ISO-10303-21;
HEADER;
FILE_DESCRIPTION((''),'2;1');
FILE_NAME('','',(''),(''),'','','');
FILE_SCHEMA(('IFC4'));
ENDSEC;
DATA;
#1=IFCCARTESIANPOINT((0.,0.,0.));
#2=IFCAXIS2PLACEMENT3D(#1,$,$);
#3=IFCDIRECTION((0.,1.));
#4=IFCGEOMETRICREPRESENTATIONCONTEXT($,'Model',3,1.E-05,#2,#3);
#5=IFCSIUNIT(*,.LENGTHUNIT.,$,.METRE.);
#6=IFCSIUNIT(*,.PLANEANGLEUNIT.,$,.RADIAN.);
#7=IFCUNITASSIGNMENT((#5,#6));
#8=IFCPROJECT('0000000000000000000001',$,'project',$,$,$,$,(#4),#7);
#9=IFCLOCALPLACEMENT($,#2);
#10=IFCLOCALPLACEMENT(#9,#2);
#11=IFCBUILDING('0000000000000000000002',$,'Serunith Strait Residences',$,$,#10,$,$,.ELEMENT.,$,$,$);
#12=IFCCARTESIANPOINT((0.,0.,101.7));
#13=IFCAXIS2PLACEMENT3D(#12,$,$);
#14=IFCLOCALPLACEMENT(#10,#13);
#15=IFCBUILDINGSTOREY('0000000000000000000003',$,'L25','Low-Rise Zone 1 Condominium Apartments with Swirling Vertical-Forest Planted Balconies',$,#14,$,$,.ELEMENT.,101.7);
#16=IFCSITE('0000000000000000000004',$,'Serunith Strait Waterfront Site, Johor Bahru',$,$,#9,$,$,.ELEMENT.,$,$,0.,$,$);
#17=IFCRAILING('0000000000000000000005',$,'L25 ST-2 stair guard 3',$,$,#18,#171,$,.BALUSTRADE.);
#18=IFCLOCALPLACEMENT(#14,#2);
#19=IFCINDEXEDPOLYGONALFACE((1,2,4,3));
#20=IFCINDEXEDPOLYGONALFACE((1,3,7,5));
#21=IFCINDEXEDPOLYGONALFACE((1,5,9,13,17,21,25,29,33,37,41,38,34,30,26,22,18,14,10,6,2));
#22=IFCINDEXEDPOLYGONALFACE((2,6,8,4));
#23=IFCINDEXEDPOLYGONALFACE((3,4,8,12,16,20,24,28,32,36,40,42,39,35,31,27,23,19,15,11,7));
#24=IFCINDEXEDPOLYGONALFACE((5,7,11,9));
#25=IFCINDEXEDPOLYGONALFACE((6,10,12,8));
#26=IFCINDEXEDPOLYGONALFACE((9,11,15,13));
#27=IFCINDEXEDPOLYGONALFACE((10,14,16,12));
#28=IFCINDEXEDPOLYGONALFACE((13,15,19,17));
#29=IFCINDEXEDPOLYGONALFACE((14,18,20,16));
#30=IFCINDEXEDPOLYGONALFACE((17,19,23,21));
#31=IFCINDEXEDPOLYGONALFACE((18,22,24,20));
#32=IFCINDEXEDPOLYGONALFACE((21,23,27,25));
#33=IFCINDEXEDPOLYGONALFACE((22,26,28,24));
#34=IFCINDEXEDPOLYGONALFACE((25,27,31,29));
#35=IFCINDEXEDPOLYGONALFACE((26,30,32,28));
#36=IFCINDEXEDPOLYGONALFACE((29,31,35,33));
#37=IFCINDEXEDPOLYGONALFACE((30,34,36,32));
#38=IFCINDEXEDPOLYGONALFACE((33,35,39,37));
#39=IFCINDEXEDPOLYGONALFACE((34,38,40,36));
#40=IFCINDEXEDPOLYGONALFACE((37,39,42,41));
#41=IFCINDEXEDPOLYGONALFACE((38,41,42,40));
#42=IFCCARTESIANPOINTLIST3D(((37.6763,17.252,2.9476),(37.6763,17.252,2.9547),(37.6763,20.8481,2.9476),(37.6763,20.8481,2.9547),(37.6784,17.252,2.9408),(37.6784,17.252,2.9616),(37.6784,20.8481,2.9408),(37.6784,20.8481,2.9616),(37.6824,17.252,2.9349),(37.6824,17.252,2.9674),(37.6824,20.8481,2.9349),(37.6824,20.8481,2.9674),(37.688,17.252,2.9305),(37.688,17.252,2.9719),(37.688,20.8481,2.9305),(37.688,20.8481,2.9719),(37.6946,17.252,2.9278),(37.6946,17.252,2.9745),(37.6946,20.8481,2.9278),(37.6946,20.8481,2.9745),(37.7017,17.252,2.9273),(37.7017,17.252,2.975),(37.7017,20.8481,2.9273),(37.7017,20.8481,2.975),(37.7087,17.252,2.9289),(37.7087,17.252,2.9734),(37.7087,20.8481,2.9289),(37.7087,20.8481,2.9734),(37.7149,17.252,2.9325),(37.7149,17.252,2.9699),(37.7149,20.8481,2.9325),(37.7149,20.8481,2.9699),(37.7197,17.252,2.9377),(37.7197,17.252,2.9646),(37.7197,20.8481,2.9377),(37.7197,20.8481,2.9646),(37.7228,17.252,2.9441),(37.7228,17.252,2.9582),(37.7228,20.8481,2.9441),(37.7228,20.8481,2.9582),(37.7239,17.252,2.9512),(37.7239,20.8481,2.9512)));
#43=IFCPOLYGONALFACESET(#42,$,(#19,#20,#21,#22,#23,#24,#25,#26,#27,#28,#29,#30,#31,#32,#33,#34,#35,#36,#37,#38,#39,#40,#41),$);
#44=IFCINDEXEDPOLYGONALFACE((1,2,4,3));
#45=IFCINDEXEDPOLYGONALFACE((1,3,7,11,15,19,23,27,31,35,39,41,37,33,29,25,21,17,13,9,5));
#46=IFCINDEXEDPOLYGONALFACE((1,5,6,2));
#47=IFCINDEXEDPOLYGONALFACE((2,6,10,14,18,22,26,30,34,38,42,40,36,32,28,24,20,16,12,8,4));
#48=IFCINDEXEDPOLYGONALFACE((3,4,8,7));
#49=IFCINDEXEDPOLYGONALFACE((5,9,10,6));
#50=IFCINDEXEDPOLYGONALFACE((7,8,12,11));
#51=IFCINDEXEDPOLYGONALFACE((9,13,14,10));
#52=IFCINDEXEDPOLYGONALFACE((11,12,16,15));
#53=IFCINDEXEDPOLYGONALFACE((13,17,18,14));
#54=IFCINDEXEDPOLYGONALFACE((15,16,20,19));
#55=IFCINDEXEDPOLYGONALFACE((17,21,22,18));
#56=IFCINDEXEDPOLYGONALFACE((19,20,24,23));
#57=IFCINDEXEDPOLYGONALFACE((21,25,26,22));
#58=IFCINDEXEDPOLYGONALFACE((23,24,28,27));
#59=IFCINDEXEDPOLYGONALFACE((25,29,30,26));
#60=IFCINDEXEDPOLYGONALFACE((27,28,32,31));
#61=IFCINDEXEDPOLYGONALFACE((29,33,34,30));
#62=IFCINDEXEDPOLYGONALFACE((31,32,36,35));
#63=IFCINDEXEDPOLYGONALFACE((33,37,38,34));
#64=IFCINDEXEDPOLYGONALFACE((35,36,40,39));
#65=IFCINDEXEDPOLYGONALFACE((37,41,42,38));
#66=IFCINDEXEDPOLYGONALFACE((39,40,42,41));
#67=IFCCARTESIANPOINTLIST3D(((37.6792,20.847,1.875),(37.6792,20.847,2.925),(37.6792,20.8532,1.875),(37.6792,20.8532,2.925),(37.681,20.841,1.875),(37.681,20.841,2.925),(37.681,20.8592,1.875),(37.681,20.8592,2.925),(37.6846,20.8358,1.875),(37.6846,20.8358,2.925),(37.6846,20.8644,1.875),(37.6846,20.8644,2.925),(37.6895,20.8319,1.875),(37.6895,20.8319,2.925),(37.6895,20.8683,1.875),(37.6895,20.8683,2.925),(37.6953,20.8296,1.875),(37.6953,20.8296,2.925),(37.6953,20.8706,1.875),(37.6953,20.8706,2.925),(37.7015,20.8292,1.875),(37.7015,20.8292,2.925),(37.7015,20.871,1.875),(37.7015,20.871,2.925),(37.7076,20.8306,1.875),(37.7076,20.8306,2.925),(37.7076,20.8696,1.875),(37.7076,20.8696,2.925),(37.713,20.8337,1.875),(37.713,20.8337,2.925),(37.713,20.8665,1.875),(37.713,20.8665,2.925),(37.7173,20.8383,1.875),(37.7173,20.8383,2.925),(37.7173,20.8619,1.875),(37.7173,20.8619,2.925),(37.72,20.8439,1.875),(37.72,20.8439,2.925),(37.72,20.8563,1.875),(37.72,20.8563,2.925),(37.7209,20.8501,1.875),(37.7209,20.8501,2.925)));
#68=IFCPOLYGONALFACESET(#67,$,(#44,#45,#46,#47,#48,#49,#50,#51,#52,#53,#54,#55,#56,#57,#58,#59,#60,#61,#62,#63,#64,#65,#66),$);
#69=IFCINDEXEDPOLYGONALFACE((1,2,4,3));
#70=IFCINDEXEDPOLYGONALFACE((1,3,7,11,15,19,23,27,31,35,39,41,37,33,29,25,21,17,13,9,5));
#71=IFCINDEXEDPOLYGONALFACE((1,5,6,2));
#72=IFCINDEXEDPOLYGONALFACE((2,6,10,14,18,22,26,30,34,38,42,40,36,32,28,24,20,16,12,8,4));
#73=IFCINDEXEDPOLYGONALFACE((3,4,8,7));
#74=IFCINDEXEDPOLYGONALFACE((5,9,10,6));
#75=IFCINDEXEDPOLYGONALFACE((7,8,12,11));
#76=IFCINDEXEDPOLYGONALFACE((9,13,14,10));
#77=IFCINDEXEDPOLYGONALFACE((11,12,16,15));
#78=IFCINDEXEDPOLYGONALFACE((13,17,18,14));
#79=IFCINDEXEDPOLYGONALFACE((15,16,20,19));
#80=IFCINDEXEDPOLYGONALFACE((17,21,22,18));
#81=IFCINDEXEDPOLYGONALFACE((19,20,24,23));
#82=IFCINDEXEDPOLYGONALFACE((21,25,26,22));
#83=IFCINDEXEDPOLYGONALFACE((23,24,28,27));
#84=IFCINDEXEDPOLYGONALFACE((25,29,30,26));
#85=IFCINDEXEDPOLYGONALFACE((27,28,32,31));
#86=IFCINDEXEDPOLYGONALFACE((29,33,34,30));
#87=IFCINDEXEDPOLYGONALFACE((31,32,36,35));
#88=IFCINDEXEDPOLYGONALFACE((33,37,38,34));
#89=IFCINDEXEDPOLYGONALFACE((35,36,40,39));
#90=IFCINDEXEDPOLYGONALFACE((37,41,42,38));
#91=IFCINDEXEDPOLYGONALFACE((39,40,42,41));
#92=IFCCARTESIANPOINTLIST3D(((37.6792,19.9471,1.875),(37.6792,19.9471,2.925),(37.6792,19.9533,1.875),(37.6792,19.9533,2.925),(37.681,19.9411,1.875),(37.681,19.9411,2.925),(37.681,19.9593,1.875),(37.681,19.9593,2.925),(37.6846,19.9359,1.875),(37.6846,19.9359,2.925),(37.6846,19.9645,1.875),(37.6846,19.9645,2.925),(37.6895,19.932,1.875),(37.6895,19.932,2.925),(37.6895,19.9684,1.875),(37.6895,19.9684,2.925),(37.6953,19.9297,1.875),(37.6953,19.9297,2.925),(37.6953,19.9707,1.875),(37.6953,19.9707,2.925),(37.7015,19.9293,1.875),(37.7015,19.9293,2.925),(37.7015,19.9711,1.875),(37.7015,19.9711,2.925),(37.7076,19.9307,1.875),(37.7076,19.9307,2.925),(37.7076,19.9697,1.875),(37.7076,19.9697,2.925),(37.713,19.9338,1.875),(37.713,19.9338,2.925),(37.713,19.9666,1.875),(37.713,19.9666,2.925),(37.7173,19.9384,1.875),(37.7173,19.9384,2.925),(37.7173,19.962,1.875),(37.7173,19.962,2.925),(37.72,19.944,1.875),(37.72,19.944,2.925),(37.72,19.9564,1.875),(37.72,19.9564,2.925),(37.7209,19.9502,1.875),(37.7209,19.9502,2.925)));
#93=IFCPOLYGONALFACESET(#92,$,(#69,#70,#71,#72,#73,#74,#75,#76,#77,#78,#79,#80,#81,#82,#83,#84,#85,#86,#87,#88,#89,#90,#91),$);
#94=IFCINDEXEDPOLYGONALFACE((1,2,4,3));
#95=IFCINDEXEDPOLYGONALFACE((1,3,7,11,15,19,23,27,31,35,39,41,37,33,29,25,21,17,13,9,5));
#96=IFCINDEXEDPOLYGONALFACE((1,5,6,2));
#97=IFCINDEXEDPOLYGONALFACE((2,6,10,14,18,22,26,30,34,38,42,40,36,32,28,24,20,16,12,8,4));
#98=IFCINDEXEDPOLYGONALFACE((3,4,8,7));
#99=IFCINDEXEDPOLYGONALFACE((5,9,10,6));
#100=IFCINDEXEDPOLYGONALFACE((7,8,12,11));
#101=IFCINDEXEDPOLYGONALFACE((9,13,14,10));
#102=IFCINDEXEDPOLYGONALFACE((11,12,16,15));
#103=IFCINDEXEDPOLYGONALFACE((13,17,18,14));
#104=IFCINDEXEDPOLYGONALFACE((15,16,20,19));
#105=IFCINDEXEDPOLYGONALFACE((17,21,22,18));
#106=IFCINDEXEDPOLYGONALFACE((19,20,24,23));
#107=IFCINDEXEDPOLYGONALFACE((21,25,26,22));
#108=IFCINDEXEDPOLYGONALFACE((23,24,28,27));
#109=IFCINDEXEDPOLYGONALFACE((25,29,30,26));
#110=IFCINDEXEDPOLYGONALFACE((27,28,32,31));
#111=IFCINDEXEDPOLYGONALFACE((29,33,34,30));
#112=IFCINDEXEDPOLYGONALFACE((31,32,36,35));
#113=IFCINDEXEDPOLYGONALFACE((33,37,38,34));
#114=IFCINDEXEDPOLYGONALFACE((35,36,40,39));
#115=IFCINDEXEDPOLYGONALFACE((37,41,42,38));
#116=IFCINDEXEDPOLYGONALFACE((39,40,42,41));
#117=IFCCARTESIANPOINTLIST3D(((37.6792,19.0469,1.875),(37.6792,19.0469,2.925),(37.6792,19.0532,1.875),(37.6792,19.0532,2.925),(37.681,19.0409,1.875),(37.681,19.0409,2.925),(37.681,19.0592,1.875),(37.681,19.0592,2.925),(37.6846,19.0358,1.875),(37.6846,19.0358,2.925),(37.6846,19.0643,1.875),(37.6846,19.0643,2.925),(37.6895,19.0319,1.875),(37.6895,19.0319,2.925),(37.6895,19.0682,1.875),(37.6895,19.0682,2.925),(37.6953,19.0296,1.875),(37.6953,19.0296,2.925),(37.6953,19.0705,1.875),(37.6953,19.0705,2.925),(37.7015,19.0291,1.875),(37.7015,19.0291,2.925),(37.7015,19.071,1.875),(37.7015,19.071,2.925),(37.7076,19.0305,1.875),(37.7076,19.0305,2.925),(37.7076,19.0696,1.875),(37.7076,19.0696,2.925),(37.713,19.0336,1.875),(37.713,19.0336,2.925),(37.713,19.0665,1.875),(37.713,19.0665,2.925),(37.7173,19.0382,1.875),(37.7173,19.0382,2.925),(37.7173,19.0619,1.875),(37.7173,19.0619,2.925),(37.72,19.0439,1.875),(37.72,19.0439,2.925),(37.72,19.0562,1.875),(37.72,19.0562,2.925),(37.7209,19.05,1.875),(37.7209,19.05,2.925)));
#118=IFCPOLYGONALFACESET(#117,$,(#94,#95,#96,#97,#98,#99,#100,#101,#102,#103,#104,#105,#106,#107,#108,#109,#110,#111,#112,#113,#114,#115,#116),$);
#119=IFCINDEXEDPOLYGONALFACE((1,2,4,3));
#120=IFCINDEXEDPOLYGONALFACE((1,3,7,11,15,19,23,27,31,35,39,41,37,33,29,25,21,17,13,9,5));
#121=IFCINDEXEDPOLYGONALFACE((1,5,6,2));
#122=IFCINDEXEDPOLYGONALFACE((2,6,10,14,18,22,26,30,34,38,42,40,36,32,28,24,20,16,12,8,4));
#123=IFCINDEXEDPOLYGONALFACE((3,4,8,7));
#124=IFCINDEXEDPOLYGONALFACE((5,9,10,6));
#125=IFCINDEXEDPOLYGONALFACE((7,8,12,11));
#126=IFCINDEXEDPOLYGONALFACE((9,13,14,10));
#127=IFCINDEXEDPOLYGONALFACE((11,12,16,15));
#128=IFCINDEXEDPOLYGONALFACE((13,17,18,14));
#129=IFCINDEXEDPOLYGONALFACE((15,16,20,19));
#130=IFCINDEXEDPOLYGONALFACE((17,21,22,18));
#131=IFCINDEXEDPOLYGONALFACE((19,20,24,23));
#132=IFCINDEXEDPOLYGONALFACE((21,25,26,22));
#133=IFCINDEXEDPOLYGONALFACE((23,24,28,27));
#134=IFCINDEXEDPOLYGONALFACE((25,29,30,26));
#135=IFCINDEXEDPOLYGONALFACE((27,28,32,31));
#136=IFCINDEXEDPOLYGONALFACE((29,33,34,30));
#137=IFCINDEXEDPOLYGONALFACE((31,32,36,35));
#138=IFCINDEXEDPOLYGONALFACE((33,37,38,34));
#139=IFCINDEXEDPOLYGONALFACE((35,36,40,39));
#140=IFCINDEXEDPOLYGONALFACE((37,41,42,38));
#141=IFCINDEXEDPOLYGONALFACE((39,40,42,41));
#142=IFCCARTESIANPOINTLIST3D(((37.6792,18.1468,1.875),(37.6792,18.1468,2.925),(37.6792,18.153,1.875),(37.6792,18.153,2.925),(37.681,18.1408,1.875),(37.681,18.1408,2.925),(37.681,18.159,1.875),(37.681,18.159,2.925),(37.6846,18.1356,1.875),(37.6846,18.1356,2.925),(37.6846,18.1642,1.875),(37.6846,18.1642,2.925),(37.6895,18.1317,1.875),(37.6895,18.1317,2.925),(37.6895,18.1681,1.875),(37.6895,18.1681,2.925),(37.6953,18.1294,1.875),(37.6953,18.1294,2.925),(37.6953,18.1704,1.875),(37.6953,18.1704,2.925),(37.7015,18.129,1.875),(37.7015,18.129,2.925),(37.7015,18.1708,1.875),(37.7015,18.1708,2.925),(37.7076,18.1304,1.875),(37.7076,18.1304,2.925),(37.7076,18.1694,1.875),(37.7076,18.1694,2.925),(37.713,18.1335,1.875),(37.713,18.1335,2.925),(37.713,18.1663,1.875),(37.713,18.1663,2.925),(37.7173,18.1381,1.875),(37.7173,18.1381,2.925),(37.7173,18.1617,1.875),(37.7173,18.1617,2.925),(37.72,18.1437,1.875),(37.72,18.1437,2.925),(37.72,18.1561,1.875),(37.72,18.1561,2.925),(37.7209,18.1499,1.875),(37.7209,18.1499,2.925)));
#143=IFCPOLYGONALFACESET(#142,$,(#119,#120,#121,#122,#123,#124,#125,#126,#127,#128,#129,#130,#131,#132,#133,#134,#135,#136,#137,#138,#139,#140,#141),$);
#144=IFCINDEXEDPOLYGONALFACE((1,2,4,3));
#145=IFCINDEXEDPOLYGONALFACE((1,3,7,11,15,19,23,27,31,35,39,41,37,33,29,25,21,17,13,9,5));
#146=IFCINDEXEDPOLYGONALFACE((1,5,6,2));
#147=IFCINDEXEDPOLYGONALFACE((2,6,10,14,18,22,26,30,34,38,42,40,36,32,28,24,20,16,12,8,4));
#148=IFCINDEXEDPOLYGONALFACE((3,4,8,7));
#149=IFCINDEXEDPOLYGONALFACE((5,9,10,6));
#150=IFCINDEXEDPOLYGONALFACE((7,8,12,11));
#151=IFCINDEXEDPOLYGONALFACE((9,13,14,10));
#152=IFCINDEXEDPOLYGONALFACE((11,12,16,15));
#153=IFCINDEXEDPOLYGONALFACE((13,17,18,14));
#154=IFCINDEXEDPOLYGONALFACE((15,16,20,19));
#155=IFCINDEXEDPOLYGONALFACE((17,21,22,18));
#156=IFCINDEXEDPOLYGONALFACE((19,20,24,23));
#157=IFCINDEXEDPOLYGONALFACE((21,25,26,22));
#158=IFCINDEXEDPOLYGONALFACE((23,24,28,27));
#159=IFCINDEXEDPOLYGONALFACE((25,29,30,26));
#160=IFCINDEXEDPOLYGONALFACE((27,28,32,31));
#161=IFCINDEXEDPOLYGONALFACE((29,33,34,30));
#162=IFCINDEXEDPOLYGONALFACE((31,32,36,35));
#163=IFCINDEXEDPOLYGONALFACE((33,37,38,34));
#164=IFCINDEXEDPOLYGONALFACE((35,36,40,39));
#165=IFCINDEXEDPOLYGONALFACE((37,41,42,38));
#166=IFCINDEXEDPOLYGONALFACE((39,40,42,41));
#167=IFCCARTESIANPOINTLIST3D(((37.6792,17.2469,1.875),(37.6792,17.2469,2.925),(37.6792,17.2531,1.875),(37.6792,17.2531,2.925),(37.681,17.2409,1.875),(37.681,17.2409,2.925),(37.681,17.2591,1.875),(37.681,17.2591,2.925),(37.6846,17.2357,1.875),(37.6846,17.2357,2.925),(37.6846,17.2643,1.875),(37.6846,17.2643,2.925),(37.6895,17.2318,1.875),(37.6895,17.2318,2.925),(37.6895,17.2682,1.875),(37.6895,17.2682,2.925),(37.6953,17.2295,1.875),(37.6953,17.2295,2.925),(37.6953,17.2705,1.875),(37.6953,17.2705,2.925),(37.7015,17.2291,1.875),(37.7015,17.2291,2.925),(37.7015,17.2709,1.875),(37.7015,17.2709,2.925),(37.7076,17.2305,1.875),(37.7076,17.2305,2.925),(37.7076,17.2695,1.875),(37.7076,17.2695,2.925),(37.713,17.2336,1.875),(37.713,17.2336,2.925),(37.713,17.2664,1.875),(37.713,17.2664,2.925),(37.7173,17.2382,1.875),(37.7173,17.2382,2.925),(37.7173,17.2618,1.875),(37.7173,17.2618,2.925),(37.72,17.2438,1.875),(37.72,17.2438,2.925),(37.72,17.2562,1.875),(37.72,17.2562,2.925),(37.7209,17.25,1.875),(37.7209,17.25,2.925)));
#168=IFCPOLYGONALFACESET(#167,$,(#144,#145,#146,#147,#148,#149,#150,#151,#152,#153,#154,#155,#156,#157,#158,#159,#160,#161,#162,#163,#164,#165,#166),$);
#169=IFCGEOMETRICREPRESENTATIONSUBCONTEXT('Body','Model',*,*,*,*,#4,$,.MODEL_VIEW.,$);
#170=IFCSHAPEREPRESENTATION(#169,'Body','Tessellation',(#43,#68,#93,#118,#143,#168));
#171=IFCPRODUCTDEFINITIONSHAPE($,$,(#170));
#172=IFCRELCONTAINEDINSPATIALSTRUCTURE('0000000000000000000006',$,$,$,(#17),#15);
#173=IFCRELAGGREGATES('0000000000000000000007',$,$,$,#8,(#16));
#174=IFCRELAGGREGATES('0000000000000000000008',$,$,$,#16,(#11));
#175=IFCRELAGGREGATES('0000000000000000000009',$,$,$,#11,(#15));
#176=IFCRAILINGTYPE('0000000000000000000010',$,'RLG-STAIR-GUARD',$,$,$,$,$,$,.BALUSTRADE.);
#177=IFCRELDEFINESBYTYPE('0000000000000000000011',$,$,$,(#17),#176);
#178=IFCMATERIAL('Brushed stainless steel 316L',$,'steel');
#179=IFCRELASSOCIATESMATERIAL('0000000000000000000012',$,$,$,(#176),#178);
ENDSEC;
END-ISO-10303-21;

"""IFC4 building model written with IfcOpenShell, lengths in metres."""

from ifc_helpers import new_model, si_unit, direction, frame, origin, origin_2d, place, context, subcontext, project, spatial, circle, extrude, material, type_object, element, save


model = new_model("IFC4")

# Units and contexts
model_context = context("Model", 3, precision=1e-05, world=origin(), true_north=direction((0.0, 1.0)))
body_context = subcontext(model_context, "Body", "Model", "MODEL_VIEW")
ifc_project = project(units=[si_unit("LENGTHUNIT", "METRE"), si_unit("PLANEANGLEUNIT", "RADIAN")], contexts=[model_context])

# Site, building, storey
site_placement = place(None, origin())
site = spatial("IfcSite", under=ifc_project, at=site_placement, Name="Serunith Strait Waterfront Site, Johor Bahru", CompositionType="ELEMENT", RefElevation=0.0)
building_placement = place(site_placement, origin())
building = spatial("IfcBuilding", under=site, at=building_placement, Name="Serunith Strait Residences", CompositionType="ELEMENT")
storey_placement = place(building_placement, frame((0.0, 0.0, 101.7)))
storey = spatial("IfcBuildingStorey", under=building, at=storey_placement, Name="L25", Description="Low-Rise Zone 1 Condominium Apartments with Swirling Vertical-Forest Planted Balconies", CompositionType="ELEMENT", Elevation=101.7)

# Railing
ifc_material_1 = material(Name="Brushed stainless steel 316L", Category="steel")
railing_type_1 = type_object("IfcRailingType", Name="RLG-STAIR-GUARD", PredefinedType="BALUSTRADE", material=ifc_material_1)
for number, where, name in (
    (1, (37.7, 20.8501, 1.875), "L25 ST-2 stair guard 3"),
):
    element("IfcRailing", number, at=place(storey_placement, frame(where)), inside=storey, type_object=railing_type_1, Name=name, PredefinedType="BALUSTRADE", context=body_context, shape_type="SweptSolid", body=[
        extrude(circle(Radius=0.0239, at=origin_2d()), frame((0.0, -0.002, 1.0762), z_axis=(0.0, -1.0, 0.0), x_axis=(1.0, 0.0, 0.0)), (0.0, 0.0, 1.0), 3.5962),
        extrude(circle(Radius=0.021, at=origin_2d()), origin(), (0.0, 0.0, 1.0), 1.05),
        extrude(circle(Radius=0.021, at=origin_2d()), frame((0.0, -0.8999, 0.0)), (0.0, 0.0, 1.0), 1.05),
        extrude(circle(Radius=0.021, at=origin_2d()), frame((0.0, -1.8, 0.0)), (0.0, 0.0, 1.0), 1.05),
        extrude(circle(Radius=0.021, at=origin_2d()), frame((0.0, -2.7002, 0.0)), (0.0, 0.0, 1.0), 1.05),
        extrude(circle(Radius=0.021, at=origin_2d()), frame((0.0, -3.6001, 0.0)), (0.0, 0.0, 1.0), 1.05),
    ])

save(model, "model.ifc")
